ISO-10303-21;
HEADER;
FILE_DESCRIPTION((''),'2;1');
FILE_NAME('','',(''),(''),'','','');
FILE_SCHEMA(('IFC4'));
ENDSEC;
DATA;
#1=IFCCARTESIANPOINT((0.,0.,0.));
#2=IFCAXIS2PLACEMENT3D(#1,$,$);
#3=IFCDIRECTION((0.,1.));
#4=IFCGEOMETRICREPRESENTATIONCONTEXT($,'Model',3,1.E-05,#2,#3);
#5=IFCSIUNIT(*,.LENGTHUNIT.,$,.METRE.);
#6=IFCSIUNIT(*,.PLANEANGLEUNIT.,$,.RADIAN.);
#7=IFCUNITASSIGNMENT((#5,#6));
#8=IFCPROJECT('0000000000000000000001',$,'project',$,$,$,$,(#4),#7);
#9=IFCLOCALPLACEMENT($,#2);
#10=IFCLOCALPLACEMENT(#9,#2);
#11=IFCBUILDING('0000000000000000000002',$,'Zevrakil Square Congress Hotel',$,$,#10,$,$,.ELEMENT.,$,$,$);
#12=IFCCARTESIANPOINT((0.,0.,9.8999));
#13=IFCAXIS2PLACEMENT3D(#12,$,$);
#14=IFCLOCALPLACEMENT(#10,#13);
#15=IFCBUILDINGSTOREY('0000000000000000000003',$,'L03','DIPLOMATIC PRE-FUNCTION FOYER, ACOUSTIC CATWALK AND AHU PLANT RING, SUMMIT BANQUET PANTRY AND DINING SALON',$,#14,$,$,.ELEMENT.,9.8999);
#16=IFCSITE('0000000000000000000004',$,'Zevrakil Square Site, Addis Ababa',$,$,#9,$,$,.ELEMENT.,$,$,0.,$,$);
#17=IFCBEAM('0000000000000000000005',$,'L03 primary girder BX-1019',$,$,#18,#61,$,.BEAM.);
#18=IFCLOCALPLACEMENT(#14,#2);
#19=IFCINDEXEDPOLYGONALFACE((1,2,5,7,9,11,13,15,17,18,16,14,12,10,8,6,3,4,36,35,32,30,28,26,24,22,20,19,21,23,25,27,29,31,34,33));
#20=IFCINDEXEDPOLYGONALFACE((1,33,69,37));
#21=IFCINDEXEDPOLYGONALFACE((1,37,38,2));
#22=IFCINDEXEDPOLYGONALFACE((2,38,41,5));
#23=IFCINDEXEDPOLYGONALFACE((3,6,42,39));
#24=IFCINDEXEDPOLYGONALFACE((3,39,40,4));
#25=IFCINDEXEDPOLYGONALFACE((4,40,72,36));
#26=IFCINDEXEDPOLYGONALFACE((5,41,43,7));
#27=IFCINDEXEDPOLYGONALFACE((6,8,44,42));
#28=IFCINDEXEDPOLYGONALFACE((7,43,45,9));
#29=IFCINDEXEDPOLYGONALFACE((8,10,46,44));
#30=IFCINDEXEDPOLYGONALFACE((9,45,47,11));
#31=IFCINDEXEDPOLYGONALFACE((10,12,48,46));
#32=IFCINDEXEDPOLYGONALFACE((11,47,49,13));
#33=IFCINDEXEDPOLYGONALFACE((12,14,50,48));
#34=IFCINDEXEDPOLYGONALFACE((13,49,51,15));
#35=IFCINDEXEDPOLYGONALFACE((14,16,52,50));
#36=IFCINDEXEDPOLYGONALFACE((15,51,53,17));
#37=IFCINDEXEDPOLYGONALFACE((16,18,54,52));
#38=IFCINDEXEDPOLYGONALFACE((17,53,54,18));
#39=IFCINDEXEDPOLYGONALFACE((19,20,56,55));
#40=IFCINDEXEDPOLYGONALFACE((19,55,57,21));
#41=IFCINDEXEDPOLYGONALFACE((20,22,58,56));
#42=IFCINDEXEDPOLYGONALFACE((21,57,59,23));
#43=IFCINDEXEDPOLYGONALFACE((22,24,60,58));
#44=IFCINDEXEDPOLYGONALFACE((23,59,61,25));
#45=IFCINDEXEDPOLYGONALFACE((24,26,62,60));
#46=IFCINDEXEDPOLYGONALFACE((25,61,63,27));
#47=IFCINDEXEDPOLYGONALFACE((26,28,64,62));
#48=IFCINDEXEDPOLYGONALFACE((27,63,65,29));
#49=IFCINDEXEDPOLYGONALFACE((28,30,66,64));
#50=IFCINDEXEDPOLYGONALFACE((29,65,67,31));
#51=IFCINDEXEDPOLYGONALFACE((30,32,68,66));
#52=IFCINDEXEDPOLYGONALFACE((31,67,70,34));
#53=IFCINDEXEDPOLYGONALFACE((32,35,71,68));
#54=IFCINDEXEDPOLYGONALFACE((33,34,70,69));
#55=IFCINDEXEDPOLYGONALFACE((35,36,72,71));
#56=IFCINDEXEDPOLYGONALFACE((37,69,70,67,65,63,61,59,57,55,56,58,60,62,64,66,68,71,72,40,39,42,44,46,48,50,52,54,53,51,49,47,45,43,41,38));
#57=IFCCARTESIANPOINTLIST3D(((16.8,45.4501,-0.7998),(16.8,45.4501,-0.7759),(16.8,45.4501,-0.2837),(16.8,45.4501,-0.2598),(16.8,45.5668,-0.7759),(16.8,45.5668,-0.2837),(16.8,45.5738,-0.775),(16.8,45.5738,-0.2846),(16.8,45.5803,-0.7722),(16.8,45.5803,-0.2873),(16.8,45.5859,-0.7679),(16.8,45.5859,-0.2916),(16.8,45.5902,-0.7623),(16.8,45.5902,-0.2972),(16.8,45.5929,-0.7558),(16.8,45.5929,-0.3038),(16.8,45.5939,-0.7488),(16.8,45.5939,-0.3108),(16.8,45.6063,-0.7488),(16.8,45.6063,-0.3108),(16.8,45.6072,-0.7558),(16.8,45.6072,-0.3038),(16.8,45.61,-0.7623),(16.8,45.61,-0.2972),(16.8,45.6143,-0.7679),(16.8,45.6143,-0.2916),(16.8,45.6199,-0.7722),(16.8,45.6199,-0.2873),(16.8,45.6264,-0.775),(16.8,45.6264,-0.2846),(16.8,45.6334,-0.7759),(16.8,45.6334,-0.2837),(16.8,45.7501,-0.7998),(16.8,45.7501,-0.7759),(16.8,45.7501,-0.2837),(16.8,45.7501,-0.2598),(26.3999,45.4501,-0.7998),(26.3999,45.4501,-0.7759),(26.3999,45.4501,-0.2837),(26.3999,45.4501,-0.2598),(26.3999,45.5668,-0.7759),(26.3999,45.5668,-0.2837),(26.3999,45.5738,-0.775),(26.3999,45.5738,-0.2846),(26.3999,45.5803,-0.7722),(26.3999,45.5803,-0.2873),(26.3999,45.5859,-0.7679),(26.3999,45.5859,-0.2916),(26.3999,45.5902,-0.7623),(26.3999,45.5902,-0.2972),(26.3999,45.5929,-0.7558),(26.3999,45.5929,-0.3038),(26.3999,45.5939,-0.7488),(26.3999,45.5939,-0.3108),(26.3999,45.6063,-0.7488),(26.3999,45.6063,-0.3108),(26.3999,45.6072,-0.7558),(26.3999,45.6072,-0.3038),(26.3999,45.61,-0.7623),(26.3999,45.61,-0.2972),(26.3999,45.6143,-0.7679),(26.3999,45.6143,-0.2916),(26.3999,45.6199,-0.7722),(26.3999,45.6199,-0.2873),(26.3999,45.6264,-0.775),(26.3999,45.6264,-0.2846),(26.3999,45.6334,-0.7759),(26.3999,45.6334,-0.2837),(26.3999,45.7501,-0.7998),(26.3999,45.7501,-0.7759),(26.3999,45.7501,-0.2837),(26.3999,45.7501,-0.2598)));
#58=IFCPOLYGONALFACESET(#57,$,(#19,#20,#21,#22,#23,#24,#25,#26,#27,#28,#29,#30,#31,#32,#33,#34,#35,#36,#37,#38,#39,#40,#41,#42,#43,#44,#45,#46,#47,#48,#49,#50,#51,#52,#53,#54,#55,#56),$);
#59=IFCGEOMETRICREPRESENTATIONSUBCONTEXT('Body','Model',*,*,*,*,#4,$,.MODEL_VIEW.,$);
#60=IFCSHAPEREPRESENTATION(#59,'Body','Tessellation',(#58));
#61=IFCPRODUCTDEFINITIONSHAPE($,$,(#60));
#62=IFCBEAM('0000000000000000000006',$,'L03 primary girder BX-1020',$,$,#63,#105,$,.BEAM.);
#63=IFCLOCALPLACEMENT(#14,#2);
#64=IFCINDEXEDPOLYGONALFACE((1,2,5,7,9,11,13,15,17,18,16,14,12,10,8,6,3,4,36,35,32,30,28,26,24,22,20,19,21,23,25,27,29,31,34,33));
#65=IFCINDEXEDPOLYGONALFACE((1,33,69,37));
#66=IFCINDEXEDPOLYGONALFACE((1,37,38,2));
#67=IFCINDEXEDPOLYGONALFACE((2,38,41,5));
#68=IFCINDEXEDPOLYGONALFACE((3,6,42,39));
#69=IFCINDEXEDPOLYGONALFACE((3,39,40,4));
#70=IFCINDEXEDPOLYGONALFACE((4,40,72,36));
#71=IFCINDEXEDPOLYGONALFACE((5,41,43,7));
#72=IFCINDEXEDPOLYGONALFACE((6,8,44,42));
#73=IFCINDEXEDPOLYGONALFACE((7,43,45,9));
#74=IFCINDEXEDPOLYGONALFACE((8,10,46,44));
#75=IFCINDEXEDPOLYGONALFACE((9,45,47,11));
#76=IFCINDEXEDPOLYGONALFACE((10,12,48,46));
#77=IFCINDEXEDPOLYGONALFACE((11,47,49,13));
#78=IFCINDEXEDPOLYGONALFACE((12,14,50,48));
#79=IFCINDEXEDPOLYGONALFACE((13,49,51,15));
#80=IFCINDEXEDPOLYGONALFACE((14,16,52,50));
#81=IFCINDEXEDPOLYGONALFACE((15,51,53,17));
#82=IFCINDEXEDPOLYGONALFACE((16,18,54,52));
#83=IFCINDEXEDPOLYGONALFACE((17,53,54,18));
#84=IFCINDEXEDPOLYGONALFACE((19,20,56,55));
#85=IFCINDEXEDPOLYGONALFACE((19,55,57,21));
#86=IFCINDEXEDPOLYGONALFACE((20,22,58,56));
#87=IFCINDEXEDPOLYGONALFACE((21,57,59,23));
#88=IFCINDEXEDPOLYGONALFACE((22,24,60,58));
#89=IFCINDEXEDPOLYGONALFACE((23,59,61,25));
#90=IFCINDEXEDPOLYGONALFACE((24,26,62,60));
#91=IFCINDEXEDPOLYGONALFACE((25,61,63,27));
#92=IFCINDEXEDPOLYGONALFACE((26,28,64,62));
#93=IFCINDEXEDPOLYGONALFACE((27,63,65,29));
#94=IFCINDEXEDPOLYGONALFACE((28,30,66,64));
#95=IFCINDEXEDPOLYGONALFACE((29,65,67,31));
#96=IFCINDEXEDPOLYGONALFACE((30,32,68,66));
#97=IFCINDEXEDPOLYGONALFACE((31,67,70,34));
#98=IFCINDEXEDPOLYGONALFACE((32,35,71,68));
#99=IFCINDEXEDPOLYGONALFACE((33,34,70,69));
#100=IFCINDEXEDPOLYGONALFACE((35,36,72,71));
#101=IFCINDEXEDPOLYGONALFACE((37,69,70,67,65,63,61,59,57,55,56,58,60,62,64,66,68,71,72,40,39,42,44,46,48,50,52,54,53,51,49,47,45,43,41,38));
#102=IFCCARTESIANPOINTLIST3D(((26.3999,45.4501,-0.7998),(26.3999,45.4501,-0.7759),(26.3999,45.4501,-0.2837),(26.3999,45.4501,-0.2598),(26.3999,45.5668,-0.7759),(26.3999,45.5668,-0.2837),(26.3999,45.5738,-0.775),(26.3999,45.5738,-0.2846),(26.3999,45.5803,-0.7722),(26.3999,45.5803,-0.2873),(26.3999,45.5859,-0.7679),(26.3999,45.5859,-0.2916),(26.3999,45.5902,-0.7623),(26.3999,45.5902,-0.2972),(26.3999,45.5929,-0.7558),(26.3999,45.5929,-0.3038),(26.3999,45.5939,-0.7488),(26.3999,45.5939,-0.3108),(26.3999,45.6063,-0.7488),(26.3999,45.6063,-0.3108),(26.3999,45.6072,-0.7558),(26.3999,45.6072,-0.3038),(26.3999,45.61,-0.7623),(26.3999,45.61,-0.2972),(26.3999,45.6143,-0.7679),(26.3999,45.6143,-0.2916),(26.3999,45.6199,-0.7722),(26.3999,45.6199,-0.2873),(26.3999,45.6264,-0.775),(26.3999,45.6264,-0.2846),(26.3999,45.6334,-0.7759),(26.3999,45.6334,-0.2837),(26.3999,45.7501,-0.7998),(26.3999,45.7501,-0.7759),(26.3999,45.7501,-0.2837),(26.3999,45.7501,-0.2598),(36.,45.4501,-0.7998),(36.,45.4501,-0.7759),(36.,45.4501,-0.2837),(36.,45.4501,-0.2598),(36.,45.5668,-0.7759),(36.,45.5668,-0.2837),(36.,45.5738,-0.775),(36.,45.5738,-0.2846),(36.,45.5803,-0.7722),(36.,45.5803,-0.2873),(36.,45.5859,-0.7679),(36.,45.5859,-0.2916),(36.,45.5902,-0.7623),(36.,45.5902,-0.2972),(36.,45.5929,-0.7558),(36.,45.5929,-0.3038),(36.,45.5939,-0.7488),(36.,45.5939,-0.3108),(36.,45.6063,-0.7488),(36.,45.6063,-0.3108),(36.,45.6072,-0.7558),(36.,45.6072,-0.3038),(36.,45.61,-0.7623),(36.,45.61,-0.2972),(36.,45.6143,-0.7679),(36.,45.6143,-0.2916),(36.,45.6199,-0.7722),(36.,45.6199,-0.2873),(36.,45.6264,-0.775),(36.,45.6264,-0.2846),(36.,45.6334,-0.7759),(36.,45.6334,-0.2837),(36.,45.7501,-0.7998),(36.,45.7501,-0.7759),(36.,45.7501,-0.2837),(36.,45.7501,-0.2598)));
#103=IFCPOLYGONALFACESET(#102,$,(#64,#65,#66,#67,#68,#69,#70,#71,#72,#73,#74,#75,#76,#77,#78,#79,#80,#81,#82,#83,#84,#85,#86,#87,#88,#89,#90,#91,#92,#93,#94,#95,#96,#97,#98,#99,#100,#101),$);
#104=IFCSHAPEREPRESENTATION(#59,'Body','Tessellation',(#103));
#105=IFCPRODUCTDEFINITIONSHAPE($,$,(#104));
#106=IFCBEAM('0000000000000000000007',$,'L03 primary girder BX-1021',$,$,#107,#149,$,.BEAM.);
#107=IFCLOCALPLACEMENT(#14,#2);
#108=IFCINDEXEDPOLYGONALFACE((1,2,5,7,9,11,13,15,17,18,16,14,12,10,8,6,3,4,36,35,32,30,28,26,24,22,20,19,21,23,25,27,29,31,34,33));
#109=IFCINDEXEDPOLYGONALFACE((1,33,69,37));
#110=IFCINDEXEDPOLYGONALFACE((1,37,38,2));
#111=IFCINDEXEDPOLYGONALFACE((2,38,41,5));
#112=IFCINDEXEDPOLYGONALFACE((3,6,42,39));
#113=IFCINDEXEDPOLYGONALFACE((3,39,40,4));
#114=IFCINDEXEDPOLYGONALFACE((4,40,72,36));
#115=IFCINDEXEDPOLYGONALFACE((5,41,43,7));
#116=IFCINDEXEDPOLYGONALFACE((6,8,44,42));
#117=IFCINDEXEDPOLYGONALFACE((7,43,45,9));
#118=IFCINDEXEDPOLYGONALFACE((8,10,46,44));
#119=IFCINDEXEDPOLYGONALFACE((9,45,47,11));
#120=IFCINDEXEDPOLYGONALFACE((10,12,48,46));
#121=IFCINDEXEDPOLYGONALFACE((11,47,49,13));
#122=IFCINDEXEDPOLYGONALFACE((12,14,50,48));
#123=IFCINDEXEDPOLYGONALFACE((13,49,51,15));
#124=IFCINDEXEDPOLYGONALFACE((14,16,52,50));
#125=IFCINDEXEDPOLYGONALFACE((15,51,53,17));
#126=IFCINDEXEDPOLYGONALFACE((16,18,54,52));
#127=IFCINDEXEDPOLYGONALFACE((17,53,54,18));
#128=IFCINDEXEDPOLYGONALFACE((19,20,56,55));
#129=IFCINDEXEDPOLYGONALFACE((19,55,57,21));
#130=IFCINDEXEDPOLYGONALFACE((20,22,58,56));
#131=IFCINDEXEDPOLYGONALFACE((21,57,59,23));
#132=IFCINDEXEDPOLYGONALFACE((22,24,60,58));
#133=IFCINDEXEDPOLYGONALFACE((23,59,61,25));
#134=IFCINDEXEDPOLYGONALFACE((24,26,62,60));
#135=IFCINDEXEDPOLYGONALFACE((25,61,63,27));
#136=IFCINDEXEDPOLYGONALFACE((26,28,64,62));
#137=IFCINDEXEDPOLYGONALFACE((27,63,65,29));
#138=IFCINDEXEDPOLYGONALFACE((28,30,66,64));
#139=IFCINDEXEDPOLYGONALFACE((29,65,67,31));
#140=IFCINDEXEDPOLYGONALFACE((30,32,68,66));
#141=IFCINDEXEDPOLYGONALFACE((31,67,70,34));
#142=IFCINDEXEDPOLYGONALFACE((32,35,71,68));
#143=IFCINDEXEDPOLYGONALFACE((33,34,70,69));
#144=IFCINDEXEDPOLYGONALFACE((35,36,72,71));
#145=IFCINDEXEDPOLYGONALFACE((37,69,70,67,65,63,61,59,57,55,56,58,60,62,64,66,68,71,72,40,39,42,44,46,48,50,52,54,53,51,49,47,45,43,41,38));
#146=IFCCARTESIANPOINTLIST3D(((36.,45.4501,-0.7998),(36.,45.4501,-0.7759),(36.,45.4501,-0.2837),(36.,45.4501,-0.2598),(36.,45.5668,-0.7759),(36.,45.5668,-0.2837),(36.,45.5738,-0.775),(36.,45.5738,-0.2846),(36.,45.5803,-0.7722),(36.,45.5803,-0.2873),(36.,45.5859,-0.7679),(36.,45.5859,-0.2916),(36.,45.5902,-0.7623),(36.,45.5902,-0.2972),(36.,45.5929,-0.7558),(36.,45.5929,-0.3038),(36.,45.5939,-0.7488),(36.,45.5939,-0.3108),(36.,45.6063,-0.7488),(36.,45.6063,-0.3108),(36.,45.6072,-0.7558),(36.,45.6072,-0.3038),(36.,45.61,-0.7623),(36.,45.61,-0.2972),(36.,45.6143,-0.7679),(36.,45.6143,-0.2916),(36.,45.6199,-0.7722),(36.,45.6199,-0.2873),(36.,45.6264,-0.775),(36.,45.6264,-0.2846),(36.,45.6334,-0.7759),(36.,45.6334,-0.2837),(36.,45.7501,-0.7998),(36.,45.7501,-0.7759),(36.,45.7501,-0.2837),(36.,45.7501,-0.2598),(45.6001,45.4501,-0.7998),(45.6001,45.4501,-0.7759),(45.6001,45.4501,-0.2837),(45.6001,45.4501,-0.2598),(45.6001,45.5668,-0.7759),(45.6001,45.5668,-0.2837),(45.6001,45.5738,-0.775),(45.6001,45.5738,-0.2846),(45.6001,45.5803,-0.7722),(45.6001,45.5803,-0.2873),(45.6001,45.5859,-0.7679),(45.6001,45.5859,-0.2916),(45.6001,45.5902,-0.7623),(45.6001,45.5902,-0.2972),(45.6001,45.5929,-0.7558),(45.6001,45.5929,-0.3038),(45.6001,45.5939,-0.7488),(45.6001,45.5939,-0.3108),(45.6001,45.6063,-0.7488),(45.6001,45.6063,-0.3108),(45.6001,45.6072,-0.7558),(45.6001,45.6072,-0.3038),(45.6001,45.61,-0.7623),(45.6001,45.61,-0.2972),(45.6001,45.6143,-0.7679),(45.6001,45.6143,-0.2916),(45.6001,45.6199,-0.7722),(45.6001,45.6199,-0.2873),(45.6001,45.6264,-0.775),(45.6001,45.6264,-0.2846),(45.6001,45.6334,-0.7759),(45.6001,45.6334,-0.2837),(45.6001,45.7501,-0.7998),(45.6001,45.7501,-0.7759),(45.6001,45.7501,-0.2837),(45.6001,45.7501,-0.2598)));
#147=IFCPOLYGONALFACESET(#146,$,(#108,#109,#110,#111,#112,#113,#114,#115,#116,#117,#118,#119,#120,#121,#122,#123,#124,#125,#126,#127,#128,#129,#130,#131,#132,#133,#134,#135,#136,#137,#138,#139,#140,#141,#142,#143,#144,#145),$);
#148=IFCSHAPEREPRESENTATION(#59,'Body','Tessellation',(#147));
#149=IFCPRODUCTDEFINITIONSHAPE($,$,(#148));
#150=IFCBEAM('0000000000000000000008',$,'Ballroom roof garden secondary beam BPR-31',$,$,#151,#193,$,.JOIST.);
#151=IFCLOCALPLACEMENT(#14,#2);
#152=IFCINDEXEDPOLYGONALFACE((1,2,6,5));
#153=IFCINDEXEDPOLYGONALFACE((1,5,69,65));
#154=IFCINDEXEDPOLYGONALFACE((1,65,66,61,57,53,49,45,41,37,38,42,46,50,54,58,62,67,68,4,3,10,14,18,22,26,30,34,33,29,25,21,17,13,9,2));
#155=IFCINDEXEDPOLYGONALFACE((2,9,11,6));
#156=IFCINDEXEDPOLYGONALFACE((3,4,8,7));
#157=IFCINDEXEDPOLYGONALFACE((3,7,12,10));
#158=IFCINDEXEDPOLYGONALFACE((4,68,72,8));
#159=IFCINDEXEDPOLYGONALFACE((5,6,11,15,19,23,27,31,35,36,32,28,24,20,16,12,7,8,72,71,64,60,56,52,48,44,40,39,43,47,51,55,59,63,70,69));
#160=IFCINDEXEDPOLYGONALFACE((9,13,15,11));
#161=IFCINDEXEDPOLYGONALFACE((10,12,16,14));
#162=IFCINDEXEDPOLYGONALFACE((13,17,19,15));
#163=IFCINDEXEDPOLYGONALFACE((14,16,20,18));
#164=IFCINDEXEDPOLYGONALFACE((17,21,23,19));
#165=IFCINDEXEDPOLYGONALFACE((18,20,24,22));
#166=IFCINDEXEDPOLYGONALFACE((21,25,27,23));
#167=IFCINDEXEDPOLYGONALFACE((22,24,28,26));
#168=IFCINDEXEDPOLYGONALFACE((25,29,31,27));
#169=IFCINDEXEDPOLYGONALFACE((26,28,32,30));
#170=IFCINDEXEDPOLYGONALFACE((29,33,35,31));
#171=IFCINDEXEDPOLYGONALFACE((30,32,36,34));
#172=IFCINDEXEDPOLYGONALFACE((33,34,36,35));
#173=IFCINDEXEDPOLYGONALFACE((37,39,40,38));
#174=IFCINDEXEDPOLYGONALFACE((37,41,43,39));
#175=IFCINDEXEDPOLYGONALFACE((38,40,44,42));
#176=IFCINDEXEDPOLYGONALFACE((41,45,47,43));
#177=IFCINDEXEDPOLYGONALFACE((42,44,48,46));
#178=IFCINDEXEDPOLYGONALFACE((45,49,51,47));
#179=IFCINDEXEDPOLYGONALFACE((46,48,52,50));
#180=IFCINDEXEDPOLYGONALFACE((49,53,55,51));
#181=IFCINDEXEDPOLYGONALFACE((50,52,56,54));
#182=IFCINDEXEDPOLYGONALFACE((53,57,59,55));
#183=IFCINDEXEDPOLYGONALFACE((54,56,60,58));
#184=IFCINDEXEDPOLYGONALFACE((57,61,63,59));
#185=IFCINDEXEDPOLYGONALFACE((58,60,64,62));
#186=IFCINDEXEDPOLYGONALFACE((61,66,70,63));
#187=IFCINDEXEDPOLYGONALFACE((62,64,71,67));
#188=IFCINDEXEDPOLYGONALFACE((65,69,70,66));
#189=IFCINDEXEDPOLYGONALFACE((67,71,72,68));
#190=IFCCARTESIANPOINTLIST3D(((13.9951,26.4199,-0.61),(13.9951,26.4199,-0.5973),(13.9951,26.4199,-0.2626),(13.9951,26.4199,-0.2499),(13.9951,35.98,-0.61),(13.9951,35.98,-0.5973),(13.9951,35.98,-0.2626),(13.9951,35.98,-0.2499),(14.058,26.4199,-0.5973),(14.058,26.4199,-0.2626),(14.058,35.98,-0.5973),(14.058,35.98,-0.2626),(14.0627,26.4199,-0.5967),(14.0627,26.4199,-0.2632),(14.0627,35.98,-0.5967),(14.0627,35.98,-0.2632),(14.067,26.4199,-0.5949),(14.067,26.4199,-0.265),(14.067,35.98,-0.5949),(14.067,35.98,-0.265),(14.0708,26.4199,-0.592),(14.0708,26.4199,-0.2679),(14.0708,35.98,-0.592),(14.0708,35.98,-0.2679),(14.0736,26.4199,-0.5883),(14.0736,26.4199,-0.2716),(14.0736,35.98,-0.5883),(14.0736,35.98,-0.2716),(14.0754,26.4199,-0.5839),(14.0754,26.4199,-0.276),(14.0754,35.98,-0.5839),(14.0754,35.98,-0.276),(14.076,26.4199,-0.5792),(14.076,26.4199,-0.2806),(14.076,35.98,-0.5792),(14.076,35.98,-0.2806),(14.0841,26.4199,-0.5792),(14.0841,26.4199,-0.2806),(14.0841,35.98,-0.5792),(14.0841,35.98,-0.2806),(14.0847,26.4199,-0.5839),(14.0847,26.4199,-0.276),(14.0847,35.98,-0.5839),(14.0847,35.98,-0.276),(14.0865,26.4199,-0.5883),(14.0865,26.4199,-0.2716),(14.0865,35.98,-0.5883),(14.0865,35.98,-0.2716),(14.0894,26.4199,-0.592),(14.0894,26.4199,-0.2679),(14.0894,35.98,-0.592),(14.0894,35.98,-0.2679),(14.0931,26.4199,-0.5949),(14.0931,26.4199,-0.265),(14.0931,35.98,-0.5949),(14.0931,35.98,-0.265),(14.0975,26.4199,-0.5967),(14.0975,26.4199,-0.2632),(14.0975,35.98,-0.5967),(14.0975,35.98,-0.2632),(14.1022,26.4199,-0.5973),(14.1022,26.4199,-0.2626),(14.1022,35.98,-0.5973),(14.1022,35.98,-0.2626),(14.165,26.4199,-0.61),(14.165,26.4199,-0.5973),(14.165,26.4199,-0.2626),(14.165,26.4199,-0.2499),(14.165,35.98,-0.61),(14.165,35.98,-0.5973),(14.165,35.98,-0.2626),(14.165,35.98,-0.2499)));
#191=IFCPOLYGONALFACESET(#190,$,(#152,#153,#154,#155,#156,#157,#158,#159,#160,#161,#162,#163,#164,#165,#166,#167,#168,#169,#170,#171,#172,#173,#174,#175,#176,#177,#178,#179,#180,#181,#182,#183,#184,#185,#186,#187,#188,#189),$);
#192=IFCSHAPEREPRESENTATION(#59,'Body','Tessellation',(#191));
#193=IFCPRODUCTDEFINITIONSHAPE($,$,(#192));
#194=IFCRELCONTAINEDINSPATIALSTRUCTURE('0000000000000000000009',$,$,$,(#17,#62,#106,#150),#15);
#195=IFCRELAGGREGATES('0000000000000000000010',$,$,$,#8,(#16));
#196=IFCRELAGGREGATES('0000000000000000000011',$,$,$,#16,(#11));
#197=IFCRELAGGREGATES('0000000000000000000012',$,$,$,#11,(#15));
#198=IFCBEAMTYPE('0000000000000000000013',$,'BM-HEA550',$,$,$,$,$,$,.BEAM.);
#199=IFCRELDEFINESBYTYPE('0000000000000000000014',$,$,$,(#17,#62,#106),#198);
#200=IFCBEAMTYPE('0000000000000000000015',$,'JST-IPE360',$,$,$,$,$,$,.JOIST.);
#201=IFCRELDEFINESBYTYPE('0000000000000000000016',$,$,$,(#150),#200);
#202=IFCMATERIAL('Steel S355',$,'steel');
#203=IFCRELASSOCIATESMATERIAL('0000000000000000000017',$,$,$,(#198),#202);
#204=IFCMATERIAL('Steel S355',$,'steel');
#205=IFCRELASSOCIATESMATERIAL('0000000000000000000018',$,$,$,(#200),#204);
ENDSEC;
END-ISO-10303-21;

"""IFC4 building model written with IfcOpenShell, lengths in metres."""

from ifc_helpers import new_model, si_unit, direction, frame, origin, origin_2d, place, context, subcontext, project, spatial, i_section, extrude, material, material_profile, profile_set, type_object, element, save


model = new_model("IFC4")

# Units and contexts
model_context = context("Model", 3, precision=1e-05, world=origin(), true_north=direction((0.0, 1.0)))
body_context = subcontext(model_context, "Body", "Model", "MODEL_VIEW")
ifc_project = project(units=[si_unit("LENGTHUNIT", "METRE"), si_unit("PLANEANGLEUNIT", "RADIAN")], contexts=[model_context])

# Site, building, storey
site_placement = place(None, origin())
site = spatial("IfcSite", under=ifc_project, at=site_placement, Name="Zevrakil Square Site, Addis Ababa", CompositionType="ELEMENT", RefElevation=0.0)
building_placement = place(site_placement, origin())
building = spatial("IfcBuilding", under=site, at=building_placement, Name="Zevrakil Square Congress Hotel", CompositionType="ELEMENT")
storey_placement = place(building_placement, frame((0.0, 0.0, 9.8999)))
storey = spatial("IfcBuildingStorey", under=building, at=storey_placement, Name="L03", Description="DIPLOMATIC PRE-FUNCTION FOYER, ACOUSTIC CATWALK AND AHU PLANT RING, SUMMIT BANQUET PANTRY AND DINING SALON", CompositionType="ELEMENT", Elevation=9.8999)

# Beams
ifc_material_1 = material(Name="Steel S355", Category="steel")
ifc_material_profile_1 = material_profile(ifc_material_1, i_section(OverallWidth=0.3, OverallDepth=0.54, WebThickness=0.0125, FlangeThickness=0.0239, FilletRadius=0.0271, at=origin_2d()), Name="HEA 550")
ifc_profile_set_1 = profile_set([ifc_material_profile_1], Name="Steel S355")
beam_type_1 = type_object("IfcBeamType", Name="BM-HEA550", PredefinedType="BEAM", material=ifc_profile_set_1)
beam_placement = place(storey_placement, frame((16.8, 45.6001, -0.5298), z_axis=(1.0, 0.0, 0.0), x_axis=(0.0, 1.0, 0.0)))
element("IfcBeam", 1, at=beam_placement, inside=storey, type_object=beam_type_1, Name="L03 primary girder BX-1019", PredefinedType="BEAM", context=body_context, shape_type="SweptSolid", body=[
    extrude(i_section(OverallWidth=0.3, OverallDepth=0.54, WebThickness=0.0125, FlangeThickness=0.0239, FilletRadius=0.0271, at=origin_2d()), origin(), (0.0, 0.0, 1.0), 9.5999),
])
for number, where, z_axis, x_axis, name in (
    (2, (26.3999, 45.6001, -0.5298), (1.0, 0.0, 0.0), (0.0, 1.0, 0.0), "L03 primary girder BX-1020"),
    (3, (36.0, 45.6001, -0.5298), (1.0, 0.0, 0.0), (0.0, 1.0, 0.0), "L03 primary girder BX-1021"),
):
    element("IfcBeam", number, at=place(storey_placement, frame(where, z_axis=z_axis, x_axis=x_axis)), inside=storey, type_object=beam_type_1, Name=name, PredefinedType="BEAM", context=body_context, shape_type="SweptSolid", body=[
        extrude(i_section(OverallWidth=0.3, OverallDepth=0.54, WebThickness=0.0125, FlangeThickness=0.0239, FilletRadius=0.0271, at=origin_2d()), origin(), (0.0, 0.0, 1.0), 9.6001),
    ])
ifc_material_2 = material(Name="Steel S355", Category="steel")
ifc_material_profile_2 = material_profile(ifc_material_2, i_section(OverallWidth=0.1699, OverallDepth=0.3601, WebThickness=0.0081, FlangeThickness=0.0127, FilletRadius=0.0181, at=origin_2d()), Name="IPE 360")
ifc_profile_set_2 = profile_set([ifc_material_profile_2], Name="Steel S355")
beam_type_2 = type_object("IfcBeamType", Name="JST-IPE360", PredefinedType="JOIST", material=ifc_profile_set_2)
for number, where, z_axis, x_axis, name in (
    (4, (14.0801, 26.4199, -0.4299), (0.0, 1.0, 0.0), (-1.0, 0.0, 0.0), "Ballroom roof garden secondary beam BPR-31"),
):
    element("IfcBeam", number, at=place(storey_placement, frame(where, z_axis=z_axis, x_axis=x_axis)), inside=storey, type_object=beam_type_2, Name=name, PredefinedType="JOIST", context=body_context, shape_type="SweptSolid", body=[
        extrude(i_section(OverallWidth=0.1699, OverallDepth=0.3601, WebThickness=0.0081, FlangeThickness=0.0127, FilletRadius=0.0181, at=origin_2d()), origin(), (0.0, 0.0, 1.0), 9.5601),
    ])

save(model, "model.ifc")
